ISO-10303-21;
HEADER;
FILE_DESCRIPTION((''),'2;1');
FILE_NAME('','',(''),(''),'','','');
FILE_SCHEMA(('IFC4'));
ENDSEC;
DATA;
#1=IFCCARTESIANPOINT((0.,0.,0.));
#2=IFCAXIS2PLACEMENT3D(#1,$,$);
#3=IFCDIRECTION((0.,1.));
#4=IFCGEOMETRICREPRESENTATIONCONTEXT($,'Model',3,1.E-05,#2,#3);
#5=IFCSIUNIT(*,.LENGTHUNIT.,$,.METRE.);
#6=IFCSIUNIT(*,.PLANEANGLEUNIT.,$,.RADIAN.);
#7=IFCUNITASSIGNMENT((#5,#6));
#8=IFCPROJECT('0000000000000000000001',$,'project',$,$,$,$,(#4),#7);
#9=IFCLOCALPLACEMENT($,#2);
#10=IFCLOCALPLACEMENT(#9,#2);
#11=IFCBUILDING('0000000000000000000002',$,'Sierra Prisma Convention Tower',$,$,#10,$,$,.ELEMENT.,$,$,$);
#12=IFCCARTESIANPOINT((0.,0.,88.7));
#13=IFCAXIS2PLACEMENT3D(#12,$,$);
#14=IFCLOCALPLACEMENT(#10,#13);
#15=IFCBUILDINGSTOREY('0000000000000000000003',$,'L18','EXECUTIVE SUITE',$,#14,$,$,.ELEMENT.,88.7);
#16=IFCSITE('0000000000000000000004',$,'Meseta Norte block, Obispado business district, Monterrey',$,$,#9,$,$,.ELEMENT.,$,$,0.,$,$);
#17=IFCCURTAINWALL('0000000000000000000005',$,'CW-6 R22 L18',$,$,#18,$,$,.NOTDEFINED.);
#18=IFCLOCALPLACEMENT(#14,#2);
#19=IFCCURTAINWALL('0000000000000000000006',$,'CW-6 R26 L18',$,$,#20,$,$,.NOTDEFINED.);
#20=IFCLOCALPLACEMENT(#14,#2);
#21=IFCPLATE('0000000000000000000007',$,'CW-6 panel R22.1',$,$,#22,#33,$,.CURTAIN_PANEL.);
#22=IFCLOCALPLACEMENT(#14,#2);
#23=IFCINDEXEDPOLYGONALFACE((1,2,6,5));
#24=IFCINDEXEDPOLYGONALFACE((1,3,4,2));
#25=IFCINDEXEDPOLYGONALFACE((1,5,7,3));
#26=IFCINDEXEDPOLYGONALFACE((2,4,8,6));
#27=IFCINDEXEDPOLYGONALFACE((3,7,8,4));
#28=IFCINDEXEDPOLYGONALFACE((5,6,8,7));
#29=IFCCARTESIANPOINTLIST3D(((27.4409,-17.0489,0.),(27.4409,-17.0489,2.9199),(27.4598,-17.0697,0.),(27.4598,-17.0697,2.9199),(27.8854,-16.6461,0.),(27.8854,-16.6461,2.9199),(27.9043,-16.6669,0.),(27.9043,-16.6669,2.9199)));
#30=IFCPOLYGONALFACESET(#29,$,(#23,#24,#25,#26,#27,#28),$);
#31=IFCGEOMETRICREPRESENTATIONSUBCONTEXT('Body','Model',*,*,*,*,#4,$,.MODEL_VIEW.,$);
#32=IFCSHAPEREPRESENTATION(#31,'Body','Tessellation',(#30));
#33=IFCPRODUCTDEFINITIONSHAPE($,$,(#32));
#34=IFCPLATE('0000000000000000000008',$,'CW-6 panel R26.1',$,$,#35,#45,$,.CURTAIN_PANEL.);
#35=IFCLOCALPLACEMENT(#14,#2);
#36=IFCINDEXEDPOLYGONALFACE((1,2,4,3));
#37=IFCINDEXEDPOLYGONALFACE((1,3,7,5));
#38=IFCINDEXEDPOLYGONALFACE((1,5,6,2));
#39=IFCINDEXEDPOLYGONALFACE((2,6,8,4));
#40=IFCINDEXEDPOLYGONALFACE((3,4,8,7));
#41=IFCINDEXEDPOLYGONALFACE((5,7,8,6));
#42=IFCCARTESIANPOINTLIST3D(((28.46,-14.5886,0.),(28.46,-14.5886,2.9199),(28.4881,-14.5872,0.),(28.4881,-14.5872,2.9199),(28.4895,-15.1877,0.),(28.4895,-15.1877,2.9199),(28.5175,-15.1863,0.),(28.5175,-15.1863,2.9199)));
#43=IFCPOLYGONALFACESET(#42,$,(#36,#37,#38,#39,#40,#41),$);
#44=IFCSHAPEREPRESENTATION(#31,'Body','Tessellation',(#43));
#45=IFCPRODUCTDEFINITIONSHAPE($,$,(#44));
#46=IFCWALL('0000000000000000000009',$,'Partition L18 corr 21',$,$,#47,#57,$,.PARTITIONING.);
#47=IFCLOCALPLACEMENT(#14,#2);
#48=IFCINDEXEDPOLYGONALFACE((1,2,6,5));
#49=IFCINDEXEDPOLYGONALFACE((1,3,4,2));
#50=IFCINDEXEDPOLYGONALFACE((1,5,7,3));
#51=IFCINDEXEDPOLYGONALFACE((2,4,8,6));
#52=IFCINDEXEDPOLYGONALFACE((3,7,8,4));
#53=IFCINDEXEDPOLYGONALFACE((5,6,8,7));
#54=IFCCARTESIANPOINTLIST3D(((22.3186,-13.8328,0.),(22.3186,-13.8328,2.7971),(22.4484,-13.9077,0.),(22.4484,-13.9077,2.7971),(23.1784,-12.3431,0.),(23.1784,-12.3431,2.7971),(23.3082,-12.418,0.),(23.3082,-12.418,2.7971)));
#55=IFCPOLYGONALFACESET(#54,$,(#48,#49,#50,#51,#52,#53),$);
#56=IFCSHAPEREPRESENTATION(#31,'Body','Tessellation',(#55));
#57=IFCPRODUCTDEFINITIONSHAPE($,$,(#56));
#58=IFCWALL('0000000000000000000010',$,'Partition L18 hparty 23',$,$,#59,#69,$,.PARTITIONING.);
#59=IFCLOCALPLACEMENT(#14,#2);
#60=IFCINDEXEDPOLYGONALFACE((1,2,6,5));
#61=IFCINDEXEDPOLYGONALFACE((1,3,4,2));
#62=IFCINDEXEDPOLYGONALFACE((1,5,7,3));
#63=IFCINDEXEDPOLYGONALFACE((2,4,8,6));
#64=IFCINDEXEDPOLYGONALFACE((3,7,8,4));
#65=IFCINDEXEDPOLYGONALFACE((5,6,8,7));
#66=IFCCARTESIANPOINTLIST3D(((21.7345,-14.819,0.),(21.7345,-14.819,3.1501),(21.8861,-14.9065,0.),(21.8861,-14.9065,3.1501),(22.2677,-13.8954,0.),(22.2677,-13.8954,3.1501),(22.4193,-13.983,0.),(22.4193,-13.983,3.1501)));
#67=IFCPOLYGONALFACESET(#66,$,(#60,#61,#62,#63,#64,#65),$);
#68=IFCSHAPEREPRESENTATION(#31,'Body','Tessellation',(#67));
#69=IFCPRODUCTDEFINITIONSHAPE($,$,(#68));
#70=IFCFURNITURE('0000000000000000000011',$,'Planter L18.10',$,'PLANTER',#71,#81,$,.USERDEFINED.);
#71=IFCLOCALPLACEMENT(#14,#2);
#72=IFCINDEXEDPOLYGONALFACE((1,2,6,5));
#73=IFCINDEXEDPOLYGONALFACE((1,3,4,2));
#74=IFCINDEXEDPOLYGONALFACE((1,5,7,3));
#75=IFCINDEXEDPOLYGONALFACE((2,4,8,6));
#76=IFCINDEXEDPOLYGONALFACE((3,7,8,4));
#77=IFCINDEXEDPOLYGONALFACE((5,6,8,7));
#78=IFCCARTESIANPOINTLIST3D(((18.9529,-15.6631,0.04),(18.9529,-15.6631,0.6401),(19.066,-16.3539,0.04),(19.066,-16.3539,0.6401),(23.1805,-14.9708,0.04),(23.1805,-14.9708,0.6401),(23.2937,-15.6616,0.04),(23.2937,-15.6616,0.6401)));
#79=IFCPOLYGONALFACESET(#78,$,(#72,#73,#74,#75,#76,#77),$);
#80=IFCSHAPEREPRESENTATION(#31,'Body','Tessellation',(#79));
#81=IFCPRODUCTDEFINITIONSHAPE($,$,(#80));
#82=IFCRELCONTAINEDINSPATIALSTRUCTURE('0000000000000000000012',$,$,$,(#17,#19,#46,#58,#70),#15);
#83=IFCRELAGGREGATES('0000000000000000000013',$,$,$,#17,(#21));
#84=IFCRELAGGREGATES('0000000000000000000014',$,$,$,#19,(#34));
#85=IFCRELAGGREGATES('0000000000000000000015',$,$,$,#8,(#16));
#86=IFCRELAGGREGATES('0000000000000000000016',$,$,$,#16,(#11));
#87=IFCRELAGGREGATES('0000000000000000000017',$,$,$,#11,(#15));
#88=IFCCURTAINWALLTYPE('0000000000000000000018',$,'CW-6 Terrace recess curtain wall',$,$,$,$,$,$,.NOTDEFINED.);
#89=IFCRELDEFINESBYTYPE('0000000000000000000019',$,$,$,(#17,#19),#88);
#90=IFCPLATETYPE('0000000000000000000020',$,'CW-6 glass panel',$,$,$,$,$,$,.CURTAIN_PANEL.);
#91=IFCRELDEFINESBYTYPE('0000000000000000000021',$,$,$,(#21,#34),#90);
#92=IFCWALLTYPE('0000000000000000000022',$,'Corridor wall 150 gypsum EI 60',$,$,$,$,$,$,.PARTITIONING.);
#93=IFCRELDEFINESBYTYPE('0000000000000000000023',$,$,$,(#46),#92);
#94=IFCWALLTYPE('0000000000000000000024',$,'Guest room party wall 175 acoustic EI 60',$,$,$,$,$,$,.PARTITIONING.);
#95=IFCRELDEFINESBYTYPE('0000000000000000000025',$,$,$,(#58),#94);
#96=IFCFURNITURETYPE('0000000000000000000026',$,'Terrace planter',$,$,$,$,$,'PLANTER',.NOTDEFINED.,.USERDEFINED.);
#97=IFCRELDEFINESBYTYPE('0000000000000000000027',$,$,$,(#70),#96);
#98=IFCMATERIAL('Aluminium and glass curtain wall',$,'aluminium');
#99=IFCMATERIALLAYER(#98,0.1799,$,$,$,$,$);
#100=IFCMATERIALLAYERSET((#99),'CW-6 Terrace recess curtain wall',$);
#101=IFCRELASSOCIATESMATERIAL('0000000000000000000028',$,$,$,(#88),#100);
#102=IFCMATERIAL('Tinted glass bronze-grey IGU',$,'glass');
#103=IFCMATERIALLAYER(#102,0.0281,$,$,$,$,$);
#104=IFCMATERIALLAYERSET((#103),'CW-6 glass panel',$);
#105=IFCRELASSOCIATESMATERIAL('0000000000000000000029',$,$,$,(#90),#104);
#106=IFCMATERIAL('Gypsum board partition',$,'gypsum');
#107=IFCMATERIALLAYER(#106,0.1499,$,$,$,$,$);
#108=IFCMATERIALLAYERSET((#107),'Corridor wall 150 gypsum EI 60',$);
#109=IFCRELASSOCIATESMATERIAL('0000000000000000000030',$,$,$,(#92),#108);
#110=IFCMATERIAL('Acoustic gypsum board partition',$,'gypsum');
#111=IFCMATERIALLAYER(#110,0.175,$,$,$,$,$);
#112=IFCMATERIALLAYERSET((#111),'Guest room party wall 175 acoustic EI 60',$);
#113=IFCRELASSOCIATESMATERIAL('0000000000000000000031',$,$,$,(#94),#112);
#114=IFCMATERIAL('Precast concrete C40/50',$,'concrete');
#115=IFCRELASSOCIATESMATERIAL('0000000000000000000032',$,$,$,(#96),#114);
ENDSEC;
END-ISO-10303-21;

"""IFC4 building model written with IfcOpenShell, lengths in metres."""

from ifc_helpers import new_model, si_unit, direction, frame, frame_2d, origin, origin_2d, place, context, subcontext, project, spatial, rectangle, extrude, material, layer, layer_set, type_object, element, aggregate, save


model = new_model("IFC4")

# Units and contexts
model_context = context("Model", 3, precision=1e-05, world=origin(), true_north=direction((0.0, 1.0)))
body_context = subcontext(model_context, "Body", "Model", "MODEL_VIEW")
ifc_project = project(units=[si_unit("LENGTHUNIT", "METRE"), si_unit("PLANEANGLEUNIT", "RADIAN")], contexts=[model_context])

# Site, building, storey
site_placement = place(None, origin())
site = spatial("IfcSite", under=ifc_project, at=site_placement, Name="Meseta Norte block, Obispado business district, Monterrey", CompositionType="ELEMENT", RefElevation=0.0)
building_placement = place(site_placement, origin())
building = spatial("IfcBuilding", under=site, at=building_placement, Name="Sierra Prisma Convention Tower", CompositionType="ELEMENT")
storey_placement = place(building_placement, frame((0.0, 0.0, 88.7)))
storey = spatial("IfcBuildingStorey", under=building, at=storey_placement, Name="L18", Description="EXECUTIVE SUITE", CompositionType="ELEMENT", Elevation=88.7)

# Curtain walls
ifc_material_1 = material(Name="Aluminium and glass curtain wall", Category="aluminium")
ifc_layer_1 = layer(ifc_material_1, 0.1799)
ifc_layer_set_1 = layer_set([ifc_layer_1], Name="CW-6 Terrace recess curtain wall")
curtain_wall_type = type_object("IfcCurtainWallType", Name="CW-6 Terrace recess curtain wall", PredefinedType="NOTDEFINED", material=ifc_layer_set_1)
curtain_wall_1_placement = place(storey_placement, origin())
curtain_wall_1 = element("IfcCurtainWall", 1, at=curtain_wall_1_placement, inside=storey, type_object=curtain_wall_type, Name="CW-6 R22 L18", PredefinedType="NOTDEFINED")
curtain_wall_2_placement = place(storey_placement, origin())
curtain_wall_2 = element("IfcCurtainWall", 2, at=curtain_wall_2_placement, inside=storey, type_object=curtain_wall_type, Name="CW-6 R26 L18", PredefinedType="NOTDEFINED")

# Plates
ifc_material_2 = material(Name="Tinted glass bronze-grey IGU", Category="glass")
ifc_layer_2 = layer(ifc_material_2, 0.0281)
ifc_layer_set_2 = layer_set([ifc_layer_2], Name="CW-6 glass panel")
plate_type = type_object("IfcPlateType", Name="CW-6 glass panel", PredefinedType="CURTAIN_PANEL", material=ifc_layer_set_2)
plate_1_placement = place(storey_placement, frame((27.6726, -16.8579, 0.0), z_axis=(0.0, 0.0, 1.0), x_axis=(0.740951, 0.671559, 0.0)))
plate_1 = element("IfcPlate", 3, at=plate_1_placement, type_object=plate_type, Name="CW-6 panel R22.1", PredefinedType="CURTAIN_PANEL", context=body_context, shape_type="SweptSolid", body=[
    extrude(rectangle(XDim=0.5999, YDim=0.0281, at=origin_2d()), origin(), (0.0, 0.0, 1.0), 2.9199),
])
aggregate(curtain_wall_1, [plate_1])
plate_2_placement = place(storey_placement, frame((28.4888, -14.8875, 0.0), z_axis=(0.0, 0.0, 1.0), x_axis=(-0.049068, 0.998795, 0.0)))
plate_2 = element("IfcPlate", 4, at=plate_2_placement, type_object=plate_type, Name="CW-6 panel R26.1", PredefinedType="CURTAIN_PANEL", context=body_context, shape_type="SweptSolid", body=[
    extrude(rectangle(XDim=0.5999, YDim=0.0281, at=origin_2d()), origin(), (0.0, 0.0, 1.0), 2.9199),
])
aggregate(curtain_wall_2, [plate_2])

# Walls
ifc_material_3 = material(Name="Gypsum board partition", Category="gypsum")
ifc_layer_3 = layer(ifc_material_3, 0.1499)
ifc_layer_set_3 = layer_set([ifc_layer_3], Name="Corridor wall 150 gypsum EI 60")
wall_type_1 = type_object("IfcWallType", Name="Corridor wall 150 gypsum EI 60", PredefinedType="PARTITIONING", material=ifc_layer_set_3)
wall_1_placement = place(storey_placement, frame((22.3835, -13.8701, 0.0), z_axis=(0.0, 0.0, 1.0), x_axis=(0.499894, 0.866086, 0.0)))
element("IfcWall", 5, at=wall_1_placement, inside=storey, type_object=wall_type_1, Name="Partition L18 corr 21", PredefinedType="PARTITIONING", context=body_context, shape_type="SweptSolid", body=[
    extrude(rectangle(XDim=1.72, YDim=0.1499, at=frame_2d((0.8599, 0.0))), origin(), (0.0, 0.0, 1.0), 2.7971),
])
ifc_material_4 = material(Name="Acoustic gypsum board partition", Category="gypsum")
ifc_layer_4 = layer(ifc_material_4, 0.175)
ifc_layer_set_4 = layer_set([ifc_layer_4], Name="Guest room party wall 175 acoustic EI 60")
wall_type_2 = type_object("IfcWallType", Name="Guest room party wall 175 acoustic EI 60", PredefinedType="PARTITIONING", material=ifc_layer_set_4)
wall_2_placement = place(storey_placement, frame((22.3435, -13.9392, 0.0), z_axis=(0.0, 0.0, 1.0), x_axis=(-0.49998, -0.866037, 0.0)))
element("IfcWall", 6, at=wall_2_placement, inside=storey, type_object=wall_type_2, Name="Partition L18 hparty 23", PredefinedType="PARTITIONING", context=body_context, shape_type="SweptSolid", body=[
    extrude(rectangle(XDim=1.0664, YDim=0.175, at=frame_2d((0.5332, 0.0))), origin(), (0.0, 0.0, 1.0), 3.1501),
])

# Furniture
ifc_material_5 = material(Name="Precast concrete C40/50", Category="concrete")
furniture_type = type_object("IfcFurnitureType", Name="Terrace planter", ElementType="PLANTER", AssemblyPlace="NOTDEFINED", PredefinedType="USERDEFINED", material=ifc_material_5)
furniture_placement = place(storey_placement, frame((21.1233, -15.6624, 0.04), z_axis=(0.0, 0.0, 1.0), x_axis=(0.986855, 0.161606, 0.0)))
element("IfcFurniture", 7, at=furniture_placement, inside=storey, type_object=furniture_type, Name="Planter L18.10", ObjectType="PLANTER", PredefinedType="USERDEFINED", context=body_context, shape_type="SweptSolid", body=[
    extrude(rectangle(XDim=4.2839, YDim=0.7, at=origin_2d()), origin(), (0.0, 0.0, 1.0), 0.6001),
])

save(model, "model.ifc")
